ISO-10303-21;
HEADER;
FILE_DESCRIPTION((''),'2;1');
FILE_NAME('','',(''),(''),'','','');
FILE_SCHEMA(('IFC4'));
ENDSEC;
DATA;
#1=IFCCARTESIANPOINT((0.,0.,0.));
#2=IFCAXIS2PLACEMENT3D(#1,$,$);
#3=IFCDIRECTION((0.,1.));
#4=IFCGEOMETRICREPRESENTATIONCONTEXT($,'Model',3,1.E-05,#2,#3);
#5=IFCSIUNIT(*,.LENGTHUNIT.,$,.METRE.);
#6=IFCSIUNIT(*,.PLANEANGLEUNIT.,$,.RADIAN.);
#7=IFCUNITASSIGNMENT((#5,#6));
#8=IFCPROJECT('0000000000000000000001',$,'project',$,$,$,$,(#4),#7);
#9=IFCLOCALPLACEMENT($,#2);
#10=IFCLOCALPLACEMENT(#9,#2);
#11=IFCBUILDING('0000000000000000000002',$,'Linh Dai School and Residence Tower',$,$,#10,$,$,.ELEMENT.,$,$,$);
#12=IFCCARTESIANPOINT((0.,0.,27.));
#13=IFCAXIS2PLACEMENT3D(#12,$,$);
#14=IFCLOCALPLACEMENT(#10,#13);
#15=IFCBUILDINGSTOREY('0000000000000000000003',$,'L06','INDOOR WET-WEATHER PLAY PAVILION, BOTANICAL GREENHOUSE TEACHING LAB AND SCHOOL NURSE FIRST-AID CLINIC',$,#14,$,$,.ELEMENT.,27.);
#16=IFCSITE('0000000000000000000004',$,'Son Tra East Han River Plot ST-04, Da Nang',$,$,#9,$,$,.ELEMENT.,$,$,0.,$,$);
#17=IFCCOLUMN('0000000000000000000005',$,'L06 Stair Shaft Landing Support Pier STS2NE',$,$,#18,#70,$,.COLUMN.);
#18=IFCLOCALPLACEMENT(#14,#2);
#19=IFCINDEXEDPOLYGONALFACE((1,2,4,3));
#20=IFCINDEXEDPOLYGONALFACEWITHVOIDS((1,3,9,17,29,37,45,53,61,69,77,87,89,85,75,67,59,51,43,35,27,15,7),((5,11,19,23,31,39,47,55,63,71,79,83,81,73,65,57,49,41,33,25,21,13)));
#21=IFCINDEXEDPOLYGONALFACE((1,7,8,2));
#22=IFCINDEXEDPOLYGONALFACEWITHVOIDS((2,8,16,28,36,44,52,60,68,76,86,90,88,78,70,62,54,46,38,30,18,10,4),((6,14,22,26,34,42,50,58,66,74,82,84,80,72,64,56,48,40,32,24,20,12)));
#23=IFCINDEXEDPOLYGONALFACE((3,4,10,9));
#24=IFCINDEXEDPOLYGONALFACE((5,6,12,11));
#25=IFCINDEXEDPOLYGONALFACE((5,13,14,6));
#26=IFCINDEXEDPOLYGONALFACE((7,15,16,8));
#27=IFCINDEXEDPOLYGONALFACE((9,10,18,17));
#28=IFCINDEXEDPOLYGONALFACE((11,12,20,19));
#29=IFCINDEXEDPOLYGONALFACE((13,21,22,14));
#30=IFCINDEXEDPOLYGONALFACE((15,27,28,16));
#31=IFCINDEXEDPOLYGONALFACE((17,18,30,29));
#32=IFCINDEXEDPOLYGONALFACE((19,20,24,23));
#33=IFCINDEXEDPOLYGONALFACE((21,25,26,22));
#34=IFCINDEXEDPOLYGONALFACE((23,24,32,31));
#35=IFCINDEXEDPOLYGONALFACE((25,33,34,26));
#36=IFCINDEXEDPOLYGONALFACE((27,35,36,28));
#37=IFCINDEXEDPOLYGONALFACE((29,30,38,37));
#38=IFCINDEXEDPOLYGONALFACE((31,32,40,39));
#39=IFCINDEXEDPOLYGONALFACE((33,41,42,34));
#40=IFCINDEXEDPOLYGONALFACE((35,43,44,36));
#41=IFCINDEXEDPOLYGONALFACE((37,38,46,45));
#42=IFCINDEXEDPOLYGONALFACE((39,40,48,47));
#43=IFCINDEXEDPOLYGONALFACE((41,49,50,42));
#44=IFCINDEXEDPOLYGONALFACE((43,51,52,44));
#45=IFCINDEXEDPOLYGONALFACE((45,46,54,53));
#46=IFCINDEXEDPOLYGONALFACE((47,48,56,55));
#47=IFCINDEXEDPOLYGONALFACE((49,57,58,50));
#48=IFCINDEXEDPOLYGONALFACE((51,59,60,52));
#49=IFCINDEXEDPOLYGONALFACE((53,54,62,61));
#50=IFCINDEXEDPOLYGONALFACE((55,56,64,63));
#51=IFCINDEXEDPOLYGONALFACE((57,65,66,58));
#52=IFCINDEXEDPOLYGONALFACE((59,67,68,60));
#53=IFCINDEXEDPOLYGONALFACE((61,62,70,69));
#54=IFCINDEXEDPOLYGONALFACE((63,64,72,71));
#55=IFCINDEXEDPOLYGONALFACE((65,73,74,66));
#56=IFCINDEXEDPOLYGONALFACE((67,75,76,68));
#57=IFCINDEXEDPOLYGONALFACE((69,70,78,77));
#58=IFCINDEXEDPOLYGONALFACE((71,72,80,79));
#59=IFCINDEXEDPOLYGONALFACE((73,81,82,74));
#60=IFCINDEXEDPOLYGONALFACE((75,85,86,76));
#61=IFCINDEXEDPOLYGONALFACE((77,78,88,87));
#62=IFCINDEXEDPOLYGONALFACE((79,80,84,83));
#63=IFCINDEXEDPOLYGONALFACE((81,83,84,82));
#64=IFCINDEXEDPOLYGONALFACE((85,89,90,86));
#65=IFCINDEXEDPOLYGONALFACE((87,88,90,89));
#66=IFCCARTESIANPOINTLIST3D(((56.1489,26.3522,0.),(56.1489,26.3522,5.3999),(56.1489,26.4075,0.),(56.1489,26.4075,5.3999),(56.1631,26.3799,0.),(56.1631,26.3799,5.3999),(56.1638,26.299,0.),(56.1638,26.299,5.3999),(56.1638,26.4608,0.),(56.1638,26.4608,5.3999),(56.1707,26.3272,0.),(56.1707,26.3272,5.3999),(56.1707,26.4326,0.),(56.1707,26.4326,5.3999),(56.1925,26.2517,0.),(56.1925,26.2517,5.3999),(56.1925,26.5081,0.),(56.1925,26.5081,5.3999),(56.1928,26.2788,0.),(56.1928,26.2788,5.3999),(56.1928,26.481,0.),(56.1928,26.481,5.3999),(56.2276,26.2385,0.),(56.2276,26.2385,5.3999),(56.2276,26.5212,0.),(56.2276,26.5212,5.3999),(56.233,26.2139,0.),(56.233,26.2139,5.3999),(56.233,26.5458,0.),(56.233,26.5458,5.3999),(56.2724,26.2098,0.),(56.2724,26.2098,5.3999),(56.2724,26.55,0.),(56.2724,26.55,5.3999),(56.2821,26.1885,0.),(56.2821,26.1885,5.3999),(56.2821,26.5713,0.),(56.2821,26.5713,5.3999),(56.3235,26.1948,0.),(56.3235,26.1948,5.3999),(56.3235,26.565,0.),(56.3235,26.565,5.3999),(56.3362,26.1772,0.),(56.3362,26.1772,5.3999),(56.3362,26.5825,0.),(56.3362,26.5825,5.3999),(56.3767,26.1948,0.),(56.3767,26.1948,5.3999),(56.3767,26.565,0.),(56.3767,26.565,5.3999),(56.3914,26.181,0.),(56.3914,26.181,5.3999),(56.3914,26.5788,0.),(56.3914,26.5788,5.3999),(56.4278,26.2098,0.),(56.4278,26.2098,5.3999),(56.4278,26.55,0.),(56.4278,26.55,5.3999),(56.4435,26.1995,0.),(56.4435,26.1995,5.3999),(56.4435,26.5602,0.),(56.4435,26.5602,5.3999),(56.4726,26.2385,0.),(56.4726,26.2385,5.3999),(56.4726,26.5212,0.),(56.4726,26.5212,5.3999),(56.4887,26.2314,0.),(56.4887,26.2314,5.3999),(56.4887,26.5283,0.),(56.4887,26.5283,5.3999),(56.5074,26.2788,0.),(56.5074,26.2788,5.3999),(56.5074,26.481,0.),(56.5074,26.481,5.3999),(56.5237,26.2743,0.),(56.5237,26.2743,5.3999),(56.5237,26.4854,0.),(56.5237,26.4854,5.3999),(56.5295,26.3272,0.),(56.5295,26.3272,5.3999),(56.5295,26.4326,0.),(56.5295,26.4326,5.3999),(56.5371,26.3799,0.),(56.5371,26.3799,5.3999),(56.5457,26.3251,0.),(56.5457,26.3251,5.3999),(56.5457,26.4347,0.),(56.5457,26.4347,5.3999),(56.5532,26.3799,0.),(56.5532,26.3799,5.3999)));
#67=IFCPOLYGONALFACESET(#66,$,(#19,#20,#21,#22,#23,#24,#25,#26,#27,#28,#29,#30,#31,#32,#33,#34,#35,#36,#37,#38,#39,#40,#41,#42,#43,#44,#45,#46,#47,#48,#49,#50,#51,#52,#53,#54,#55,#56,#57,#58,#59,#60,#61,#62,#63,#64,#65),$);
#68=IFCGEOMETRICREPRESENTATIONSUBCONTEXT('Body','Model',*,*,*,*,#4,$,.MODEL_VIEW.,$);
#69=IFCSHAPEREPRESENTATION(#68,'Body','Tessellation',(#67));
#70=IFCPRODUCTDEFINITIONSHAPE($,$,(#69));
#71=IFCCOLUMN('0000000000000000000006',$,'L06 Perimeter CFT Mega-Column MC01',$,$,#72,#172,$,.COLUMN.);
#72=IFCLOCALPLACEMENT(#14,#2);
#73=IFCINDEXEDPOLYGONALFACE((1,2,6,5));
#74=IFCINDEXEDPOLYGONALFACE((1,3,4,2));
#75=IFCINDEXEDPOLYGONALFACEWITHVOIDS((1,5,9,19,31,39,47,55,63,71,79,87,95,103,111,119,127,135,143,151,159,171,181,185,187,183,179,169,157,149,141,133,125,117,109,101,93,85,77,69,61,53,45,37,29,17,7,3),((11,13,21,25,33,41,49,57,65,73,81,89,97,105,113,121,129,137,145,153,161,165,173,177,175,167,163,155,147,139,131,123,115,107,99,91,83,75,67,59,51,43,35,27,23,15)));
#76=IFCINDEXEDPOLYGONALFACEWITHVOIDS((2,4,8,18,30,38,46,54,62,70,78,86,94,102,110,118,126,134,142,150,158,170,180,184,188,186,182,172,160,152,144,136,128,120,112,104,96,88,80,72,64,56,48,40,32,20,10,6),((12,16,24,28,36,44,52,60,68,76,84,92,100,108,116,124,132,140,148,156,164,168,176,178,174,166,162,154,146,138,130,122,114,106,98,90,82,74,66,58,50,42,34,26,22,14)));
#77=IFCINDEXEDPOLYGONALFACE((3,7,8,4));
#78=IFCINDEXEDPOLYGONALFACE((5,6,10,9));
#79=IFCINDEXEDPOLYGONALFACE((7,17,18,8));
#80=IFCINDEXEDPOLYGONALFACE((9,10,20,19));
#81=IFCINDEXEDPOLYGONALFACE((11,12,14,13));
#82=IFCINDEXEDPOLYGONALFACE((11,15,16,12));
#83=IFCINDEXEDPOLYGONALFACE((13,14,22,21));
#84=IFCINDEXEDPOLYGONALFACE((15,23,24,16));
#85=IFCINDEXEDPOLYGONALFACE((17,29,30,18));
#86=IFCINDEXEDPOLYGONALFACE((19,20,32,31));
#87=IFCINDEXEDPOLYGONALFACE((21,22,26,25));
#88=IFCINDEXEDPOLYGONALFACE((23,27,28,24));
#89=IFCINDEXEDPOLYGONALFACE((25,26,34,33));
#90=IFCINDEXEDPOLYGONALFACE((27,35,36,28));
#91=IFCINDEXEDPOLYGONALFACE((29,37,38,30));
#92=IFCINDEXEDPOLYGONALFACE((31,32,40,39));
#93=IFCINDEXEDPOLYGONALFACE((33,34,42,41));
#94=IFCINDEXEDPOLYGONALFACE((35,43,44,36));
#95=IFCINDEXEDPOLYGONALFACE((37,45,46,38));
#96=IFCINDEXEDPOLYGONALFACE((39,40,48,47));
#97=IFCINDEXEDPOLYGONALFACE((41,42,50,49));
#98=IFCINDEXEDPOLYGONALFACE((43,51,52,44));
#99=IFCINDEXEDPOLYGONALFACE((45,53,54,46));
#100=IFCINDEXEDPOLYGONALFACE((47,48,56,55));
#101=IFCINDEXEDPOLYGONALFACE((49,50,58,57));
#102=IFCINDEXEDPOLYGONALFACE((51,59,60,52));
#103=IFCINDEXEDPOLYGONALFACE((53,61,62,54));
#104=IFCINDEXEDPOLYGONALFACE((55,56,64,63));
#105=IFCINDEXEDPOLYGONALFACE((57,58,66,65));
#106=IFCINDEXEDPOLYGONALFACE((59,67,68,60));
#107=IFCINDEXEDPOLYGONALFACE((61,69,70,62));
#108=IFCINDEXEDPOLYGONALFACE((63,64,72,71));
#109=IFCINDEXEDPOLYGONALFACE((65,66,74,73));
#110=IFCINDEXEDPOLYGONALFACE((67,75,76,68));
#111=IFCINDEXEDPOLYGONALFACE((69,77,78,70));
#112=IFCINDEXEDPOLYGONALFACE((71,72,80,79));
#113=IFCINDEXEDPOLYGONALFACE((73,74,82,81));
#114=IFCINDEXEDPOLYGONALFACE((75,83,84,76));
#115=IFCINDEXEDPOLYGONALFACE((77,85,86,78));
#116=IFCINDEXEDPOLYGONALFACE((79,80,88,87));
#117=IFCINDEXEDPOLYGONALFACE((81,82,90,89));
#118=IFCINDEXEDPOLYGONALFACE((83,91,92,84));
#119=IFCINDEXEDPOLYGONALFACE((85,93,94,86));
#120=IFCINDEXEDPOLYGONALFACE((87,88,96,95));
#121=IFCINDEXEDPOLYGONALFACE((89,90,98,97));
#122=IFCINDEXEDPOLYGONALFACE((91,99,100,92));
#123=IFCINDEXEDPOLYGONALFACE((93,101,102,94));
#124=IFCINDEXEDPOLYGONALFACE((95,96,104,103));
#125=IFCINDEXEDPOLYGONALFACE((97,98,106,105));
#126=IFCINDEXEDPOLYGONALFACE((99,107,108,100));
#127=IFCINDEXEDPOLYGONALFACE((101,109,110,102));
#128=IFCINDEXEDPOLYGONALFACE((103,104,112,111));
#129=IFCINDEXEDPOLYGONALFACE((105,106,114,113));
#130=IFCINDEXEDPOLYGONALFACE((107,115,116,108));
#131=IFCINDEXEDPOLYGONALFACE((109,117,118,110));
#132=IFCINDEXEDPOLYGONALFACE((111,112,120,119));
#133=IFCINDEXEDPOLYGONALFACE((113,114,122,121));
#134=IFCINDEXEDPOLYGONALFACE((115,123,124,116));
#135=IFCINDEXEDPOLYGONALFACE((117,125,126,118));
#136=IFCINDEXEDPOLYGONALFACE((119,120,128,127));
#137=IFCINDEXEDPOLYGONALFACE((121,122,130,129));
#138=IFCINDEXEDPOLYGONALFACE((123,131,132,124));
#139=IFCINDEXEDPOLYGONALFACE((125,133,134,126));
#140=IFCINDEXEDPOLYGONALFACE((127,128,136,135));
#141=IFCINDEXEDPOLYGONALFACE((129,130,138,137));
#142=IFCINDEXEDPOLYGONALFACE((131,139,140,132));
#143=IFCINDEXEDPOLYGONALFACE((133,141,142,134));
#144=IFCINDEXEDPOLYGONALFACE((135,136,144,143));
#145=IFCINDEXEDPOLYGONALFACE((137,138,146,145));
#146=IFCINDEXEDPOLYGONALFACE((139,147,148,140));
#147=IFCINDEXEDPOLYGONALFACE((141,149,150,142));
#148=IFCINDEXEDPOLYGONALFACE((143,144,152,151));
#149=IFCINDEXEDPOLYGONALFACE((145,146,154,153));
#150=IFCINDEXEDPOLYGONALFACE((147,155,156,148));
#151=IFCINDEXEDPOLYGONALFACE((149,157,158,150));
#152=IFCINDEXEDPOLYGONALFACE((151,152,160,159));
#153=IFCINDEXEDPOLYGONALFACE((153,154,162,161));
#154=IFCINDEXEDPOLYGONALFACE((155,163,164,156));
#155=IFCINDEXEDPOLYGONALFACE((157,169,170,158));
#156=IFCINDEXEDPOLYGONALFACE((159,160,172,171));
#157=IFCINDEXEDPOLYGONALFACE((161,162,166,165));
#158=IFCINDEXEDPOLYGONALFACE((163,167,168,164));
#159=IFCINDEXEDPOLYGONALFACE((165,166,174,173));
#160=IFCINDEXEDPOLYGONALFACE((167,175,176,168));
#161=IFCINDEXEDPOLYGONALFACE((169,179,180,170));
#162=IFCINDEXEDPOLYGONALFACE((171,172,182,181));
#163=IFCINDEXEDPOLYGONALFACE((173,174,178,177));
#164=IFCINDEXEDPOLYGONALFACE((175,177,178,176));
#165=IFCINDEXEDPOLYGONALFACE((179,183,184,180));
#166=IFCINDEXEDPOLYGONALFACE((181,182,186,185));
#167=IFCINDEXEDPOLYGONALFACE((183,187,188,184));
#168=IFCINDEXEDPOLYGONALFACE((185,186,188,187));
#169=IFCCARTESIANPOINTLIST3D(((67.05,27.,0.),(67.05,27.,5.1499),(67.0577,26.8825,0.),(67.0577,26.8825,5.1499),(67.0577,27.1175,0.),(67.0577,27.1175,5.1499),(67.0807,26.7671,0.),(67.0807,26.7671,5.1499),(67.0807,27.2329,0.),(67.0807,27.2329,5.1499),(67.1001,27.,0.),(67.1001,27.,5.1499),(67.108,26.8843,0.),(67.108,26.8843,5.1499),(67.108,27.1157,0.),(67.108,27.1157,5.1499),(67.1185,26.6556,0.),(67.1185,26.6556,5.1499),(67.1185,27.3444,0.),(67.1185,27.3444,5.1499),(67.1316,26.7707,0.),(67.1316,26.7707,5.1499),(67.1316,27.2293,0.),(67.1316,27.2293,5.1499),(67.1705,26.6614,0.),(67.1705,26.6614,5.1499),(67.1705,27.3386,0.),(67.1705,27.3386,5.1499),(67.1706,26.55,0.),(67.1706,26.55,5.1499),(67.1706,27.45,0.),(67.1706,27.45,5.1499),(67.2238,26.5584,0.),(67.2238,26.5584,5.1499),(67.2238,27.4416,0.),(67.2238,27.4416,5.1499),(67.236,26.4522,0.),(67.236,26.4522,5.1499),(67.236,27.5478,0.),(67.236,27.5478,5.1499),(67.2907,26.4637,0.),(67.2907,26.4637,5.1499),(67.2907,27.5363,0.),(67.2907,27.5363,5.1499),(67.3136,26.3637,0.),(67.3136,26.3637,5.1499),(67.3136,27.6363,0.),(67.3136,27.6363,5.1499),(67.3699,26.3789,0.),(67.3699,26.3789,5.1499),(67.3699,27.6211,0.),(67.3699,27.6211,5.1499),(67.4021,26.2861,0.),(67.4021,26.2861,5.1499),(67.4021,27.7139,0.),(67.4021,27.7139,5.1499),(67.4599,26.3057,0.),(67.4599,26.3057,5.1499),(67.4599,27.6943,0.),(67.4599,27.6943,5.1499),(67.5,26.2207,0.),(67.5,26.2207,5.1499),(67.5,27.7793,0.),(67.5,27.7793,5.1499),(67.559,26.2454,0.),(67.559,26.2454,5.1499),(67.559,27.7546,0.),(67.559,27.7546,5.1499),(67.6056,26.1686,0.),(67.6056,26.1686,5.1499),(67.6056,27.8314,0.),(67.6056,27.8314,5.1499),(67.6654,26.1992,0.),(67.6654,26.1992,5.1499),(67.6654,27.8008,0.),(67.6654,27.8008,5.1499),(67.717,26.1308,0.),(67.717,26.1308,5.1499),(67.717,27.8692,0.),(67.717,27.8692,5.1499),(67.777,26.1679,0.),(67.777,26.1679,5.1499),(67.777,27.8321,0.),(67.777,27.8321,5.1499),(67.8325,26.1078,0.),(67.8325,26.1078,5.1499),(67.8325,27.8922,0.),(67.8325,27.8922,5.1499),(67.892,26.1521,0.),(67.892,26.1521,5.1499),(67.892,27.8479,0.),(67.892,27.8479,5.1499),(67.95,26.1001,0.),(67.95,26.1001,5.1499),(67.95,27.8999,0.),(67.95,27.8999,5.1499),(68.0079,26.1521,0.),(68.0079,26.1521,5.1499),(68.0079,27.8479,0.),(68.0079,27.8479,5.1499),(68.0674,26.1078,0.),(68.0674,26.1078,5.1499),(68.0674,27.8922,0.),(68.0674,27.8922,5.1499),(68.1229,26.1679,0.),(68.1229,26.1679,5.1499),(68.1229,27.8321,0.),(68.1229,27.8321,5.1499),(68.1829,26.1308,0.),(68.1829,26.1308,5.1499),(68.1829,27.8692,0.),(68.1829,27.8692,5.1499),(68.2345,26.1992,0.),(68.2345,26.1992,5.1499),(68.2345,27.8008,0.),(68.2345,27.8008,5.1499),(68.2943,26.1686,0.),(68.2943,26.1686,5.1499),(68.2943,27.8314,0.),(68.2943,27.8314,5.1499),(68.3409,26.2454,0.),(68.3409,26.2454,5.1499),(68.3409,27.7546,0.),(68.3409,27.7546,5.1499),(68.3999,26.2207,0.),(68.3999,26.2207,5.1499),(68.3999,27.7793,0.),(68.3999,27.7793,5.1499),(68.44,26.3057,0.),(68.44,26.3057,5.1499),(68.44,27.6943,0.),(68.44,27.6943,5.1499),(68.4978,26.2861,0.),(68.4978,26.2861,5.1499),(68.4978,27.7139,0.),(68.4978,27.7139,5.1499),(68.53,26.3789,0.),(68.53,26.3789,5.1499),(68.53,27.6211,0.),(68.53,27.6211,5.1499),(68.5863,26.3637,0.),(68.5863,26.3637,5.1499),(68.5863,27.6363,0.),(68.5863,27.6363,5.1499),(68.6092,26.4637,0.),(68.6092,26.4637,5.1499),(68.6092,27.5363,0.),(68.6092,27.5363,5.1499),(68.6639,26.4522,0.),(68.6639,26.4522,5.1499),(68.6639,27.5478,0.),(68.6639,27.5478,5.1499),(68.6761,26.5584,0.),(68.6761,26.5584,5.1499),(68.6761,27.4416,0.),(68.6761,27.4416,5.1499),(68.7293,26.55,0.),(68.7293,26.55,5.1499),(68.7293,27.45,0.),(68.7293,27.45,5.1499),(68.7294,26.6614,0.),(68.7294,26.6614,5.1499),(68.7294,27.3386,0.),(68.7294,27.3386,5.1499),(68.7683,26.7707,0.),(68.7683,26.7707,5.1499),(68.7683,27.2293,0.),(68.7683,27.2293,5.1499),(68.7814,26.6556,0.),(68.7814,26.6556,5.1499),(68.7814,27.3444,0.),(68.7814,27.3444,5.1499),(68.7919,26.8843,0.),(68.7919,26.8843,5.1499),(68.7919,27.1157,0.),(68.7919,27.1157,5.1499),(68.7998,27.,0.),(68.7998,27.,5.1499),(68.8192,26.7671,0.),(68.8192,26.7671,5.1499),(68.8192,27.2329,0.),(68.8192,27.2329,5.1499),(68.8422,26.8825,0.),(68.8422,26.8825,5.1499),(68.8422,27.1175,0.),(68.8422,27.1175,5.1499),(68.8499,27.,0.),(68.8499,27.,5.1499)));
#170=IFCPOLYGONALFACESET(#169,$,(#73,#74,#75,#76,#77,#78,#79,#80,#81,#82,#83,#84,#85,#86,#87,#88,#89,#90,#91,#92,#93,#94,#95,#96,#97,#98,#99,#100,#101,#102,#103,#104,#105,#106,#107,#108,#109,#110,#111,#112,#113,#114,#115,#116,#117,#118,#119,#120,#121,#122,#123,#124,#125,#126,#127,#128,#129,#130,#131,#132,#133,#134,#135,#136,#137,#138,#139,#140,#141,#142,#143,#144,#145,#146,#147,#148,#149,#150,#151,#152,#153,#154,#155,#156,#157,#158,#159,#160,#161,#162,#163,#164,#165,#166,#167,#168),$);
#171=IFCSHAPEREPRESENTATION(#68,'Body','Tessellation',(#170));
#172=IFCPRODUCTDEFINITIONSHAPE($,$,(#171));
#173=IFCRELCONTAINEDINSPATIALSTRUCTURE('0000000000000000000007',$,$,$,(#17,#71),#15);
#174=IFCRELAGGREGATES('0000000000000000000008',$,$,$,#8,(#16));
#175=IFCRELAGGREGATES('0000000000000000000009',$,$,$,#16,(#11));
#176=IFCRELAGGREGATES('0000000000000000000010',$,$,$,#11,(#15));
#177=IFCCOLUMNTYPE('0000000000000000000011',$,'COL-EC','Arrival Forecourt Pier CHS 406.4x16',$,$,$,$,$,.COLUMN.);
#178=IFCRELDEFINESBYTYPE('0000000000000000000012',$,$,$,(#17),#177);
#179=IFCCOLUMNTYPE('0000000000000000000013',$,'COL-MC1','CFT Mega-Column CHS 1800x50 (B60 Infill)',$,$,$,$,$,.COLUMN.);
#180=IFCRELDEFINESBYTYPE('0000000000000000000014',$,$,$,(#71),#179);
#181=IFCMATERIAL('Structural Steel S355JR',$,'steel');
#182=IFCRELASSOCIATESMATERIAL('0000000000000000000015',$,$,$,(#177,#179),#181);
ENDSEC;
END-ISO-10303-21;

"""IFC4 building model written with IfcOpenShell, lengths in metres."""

from ifc_helpers import new_model, si_unit, direction, frame, origin, origin_2d, place, context, subcontext, project, spatial, hollow_circle, extrude, material, material_profile, profile_set, type_object, element, save


model = new_model("IFC4")

# Units and contexts
model_context = context("Model", 3, precision=1e-05, world=origin(), true_north=direction((0.0, 1.0)))
body_context = subcontext(model_context, "Body", "Model", "MODEL_VIEW")
ifc_project = project(units=[si_unit("LENGTHUNIT", "METRE"), si_unit("PLANEANGLEUNIT", "RADIAN")], contexts=[model_context])

# Site, building, storey
site_placement = place(None, origin())
site = spatial("IfcSite", under=ifc_project, at=site_placement, Name="Son Tra East Han River Plot ST-04, Da Nang", CompositionType="ELEMENT", RefElevation=0.0)
building_placement = place(site_placement, origin())
building = spatial("IfcBuilding", under=site, at=building_placement, Name="Linh Dai School and Residence Tower", CompositionType="ELEMENT")
storey_placement = place(building_placement, frame((0.0, 0.0, 27.0)))
storey = spatial("IfcBuildingStorey", under=building, at=storey_placement, Name="L06", Description="INDOOR WET-WEATHER PLAY PAVILION, BOTANICAL GREENHOUSE TEACHING LAB AND SCHOOL NURSE FIRST-AID CLINIC", CompositionType="ELEMENT", Elevation=27.0)

# Columns
ifc_material_1 = material(Name="Structural Steel S355JR", Category="steel")
ifc_material_profile_1 = material_profile(ifc_material_1, hollow_circle(Radius=0.2031, WallThickness=0.0161, at=origin_2d()), Name="CHS 406.4x16")
ifc_profile_set_1 = profile_set([ifc_material_profile_1], Name="Structural Steel S355JR")
column_type_1 = type_object("IfcColumnType", Name="COL-EC", Description="Arrival Forecourt Pier CHS 406.4x16", PredefinedType="COLUMN", material=ifc_profile_set_1)
column_placement = place(storey_placement, frame((56.3501, 26.3799, 0.0), z_axis=(0.0, 0.0, 1.0), x_axis=(1.0, 0.0, 0.0)))
element("IfcColumn", 1, at=column_placement, inside=storey, type_object=column_type_1, Name="L06 Stair Shaft Landing Support Pier STS2NE", PredefinedType="COLUMN", context=body_context, shape_type="SweptSolid", body=[
    extrude(hollow_circle(Radius=0.2031, WallThickness=0.0161, at=origin_2d()), origin(), (0.0, 0.0, 1.0), 5.3999),
])
ifc_material_profile_2 = material_profile(ifc_material_1, hollow_circle(Radius=0.8999, WallThickness=0.05, at=origin_2d()), Name="CHS 1800x50")
ifc_profile_set_2 = profile_set([ifc_material_profile_2], Name="Structural Steel S355JR")
column_type_2 = type_object("IfcColumnType", Name="COL-MC1", Description="CFT Mega-Column CHS 1800x50 (B60 Infill)", PredefinedType="COLUMN", material=ifc_profile_set_2)
for number, where, z_axis, x_axis, name in (
    (2, (67.95, 27.0, 0.0), (0.0, 0.0, 1.0), (1.0, 0.0, 0.0), "L06 Perimeter CFT Mega-Column MC01"),
):
    element("IfcColumn", number, at=place(storey_placement, frame(where, z_axis=z_axis, x_axis=x_axis)), inside=storey, type_object=column_type_2, Name=name, PredefinedType="COLUMN", context=body_context, shape_type="SweptSolid", body=[
        extrude(hollow_circle(Radius=0.8999, WallThickness=0.05, at=origin_2d()), origin(), (0.0, 0.0, 1.0), 5.1499),
    ])

save(model, "model.ifc")
